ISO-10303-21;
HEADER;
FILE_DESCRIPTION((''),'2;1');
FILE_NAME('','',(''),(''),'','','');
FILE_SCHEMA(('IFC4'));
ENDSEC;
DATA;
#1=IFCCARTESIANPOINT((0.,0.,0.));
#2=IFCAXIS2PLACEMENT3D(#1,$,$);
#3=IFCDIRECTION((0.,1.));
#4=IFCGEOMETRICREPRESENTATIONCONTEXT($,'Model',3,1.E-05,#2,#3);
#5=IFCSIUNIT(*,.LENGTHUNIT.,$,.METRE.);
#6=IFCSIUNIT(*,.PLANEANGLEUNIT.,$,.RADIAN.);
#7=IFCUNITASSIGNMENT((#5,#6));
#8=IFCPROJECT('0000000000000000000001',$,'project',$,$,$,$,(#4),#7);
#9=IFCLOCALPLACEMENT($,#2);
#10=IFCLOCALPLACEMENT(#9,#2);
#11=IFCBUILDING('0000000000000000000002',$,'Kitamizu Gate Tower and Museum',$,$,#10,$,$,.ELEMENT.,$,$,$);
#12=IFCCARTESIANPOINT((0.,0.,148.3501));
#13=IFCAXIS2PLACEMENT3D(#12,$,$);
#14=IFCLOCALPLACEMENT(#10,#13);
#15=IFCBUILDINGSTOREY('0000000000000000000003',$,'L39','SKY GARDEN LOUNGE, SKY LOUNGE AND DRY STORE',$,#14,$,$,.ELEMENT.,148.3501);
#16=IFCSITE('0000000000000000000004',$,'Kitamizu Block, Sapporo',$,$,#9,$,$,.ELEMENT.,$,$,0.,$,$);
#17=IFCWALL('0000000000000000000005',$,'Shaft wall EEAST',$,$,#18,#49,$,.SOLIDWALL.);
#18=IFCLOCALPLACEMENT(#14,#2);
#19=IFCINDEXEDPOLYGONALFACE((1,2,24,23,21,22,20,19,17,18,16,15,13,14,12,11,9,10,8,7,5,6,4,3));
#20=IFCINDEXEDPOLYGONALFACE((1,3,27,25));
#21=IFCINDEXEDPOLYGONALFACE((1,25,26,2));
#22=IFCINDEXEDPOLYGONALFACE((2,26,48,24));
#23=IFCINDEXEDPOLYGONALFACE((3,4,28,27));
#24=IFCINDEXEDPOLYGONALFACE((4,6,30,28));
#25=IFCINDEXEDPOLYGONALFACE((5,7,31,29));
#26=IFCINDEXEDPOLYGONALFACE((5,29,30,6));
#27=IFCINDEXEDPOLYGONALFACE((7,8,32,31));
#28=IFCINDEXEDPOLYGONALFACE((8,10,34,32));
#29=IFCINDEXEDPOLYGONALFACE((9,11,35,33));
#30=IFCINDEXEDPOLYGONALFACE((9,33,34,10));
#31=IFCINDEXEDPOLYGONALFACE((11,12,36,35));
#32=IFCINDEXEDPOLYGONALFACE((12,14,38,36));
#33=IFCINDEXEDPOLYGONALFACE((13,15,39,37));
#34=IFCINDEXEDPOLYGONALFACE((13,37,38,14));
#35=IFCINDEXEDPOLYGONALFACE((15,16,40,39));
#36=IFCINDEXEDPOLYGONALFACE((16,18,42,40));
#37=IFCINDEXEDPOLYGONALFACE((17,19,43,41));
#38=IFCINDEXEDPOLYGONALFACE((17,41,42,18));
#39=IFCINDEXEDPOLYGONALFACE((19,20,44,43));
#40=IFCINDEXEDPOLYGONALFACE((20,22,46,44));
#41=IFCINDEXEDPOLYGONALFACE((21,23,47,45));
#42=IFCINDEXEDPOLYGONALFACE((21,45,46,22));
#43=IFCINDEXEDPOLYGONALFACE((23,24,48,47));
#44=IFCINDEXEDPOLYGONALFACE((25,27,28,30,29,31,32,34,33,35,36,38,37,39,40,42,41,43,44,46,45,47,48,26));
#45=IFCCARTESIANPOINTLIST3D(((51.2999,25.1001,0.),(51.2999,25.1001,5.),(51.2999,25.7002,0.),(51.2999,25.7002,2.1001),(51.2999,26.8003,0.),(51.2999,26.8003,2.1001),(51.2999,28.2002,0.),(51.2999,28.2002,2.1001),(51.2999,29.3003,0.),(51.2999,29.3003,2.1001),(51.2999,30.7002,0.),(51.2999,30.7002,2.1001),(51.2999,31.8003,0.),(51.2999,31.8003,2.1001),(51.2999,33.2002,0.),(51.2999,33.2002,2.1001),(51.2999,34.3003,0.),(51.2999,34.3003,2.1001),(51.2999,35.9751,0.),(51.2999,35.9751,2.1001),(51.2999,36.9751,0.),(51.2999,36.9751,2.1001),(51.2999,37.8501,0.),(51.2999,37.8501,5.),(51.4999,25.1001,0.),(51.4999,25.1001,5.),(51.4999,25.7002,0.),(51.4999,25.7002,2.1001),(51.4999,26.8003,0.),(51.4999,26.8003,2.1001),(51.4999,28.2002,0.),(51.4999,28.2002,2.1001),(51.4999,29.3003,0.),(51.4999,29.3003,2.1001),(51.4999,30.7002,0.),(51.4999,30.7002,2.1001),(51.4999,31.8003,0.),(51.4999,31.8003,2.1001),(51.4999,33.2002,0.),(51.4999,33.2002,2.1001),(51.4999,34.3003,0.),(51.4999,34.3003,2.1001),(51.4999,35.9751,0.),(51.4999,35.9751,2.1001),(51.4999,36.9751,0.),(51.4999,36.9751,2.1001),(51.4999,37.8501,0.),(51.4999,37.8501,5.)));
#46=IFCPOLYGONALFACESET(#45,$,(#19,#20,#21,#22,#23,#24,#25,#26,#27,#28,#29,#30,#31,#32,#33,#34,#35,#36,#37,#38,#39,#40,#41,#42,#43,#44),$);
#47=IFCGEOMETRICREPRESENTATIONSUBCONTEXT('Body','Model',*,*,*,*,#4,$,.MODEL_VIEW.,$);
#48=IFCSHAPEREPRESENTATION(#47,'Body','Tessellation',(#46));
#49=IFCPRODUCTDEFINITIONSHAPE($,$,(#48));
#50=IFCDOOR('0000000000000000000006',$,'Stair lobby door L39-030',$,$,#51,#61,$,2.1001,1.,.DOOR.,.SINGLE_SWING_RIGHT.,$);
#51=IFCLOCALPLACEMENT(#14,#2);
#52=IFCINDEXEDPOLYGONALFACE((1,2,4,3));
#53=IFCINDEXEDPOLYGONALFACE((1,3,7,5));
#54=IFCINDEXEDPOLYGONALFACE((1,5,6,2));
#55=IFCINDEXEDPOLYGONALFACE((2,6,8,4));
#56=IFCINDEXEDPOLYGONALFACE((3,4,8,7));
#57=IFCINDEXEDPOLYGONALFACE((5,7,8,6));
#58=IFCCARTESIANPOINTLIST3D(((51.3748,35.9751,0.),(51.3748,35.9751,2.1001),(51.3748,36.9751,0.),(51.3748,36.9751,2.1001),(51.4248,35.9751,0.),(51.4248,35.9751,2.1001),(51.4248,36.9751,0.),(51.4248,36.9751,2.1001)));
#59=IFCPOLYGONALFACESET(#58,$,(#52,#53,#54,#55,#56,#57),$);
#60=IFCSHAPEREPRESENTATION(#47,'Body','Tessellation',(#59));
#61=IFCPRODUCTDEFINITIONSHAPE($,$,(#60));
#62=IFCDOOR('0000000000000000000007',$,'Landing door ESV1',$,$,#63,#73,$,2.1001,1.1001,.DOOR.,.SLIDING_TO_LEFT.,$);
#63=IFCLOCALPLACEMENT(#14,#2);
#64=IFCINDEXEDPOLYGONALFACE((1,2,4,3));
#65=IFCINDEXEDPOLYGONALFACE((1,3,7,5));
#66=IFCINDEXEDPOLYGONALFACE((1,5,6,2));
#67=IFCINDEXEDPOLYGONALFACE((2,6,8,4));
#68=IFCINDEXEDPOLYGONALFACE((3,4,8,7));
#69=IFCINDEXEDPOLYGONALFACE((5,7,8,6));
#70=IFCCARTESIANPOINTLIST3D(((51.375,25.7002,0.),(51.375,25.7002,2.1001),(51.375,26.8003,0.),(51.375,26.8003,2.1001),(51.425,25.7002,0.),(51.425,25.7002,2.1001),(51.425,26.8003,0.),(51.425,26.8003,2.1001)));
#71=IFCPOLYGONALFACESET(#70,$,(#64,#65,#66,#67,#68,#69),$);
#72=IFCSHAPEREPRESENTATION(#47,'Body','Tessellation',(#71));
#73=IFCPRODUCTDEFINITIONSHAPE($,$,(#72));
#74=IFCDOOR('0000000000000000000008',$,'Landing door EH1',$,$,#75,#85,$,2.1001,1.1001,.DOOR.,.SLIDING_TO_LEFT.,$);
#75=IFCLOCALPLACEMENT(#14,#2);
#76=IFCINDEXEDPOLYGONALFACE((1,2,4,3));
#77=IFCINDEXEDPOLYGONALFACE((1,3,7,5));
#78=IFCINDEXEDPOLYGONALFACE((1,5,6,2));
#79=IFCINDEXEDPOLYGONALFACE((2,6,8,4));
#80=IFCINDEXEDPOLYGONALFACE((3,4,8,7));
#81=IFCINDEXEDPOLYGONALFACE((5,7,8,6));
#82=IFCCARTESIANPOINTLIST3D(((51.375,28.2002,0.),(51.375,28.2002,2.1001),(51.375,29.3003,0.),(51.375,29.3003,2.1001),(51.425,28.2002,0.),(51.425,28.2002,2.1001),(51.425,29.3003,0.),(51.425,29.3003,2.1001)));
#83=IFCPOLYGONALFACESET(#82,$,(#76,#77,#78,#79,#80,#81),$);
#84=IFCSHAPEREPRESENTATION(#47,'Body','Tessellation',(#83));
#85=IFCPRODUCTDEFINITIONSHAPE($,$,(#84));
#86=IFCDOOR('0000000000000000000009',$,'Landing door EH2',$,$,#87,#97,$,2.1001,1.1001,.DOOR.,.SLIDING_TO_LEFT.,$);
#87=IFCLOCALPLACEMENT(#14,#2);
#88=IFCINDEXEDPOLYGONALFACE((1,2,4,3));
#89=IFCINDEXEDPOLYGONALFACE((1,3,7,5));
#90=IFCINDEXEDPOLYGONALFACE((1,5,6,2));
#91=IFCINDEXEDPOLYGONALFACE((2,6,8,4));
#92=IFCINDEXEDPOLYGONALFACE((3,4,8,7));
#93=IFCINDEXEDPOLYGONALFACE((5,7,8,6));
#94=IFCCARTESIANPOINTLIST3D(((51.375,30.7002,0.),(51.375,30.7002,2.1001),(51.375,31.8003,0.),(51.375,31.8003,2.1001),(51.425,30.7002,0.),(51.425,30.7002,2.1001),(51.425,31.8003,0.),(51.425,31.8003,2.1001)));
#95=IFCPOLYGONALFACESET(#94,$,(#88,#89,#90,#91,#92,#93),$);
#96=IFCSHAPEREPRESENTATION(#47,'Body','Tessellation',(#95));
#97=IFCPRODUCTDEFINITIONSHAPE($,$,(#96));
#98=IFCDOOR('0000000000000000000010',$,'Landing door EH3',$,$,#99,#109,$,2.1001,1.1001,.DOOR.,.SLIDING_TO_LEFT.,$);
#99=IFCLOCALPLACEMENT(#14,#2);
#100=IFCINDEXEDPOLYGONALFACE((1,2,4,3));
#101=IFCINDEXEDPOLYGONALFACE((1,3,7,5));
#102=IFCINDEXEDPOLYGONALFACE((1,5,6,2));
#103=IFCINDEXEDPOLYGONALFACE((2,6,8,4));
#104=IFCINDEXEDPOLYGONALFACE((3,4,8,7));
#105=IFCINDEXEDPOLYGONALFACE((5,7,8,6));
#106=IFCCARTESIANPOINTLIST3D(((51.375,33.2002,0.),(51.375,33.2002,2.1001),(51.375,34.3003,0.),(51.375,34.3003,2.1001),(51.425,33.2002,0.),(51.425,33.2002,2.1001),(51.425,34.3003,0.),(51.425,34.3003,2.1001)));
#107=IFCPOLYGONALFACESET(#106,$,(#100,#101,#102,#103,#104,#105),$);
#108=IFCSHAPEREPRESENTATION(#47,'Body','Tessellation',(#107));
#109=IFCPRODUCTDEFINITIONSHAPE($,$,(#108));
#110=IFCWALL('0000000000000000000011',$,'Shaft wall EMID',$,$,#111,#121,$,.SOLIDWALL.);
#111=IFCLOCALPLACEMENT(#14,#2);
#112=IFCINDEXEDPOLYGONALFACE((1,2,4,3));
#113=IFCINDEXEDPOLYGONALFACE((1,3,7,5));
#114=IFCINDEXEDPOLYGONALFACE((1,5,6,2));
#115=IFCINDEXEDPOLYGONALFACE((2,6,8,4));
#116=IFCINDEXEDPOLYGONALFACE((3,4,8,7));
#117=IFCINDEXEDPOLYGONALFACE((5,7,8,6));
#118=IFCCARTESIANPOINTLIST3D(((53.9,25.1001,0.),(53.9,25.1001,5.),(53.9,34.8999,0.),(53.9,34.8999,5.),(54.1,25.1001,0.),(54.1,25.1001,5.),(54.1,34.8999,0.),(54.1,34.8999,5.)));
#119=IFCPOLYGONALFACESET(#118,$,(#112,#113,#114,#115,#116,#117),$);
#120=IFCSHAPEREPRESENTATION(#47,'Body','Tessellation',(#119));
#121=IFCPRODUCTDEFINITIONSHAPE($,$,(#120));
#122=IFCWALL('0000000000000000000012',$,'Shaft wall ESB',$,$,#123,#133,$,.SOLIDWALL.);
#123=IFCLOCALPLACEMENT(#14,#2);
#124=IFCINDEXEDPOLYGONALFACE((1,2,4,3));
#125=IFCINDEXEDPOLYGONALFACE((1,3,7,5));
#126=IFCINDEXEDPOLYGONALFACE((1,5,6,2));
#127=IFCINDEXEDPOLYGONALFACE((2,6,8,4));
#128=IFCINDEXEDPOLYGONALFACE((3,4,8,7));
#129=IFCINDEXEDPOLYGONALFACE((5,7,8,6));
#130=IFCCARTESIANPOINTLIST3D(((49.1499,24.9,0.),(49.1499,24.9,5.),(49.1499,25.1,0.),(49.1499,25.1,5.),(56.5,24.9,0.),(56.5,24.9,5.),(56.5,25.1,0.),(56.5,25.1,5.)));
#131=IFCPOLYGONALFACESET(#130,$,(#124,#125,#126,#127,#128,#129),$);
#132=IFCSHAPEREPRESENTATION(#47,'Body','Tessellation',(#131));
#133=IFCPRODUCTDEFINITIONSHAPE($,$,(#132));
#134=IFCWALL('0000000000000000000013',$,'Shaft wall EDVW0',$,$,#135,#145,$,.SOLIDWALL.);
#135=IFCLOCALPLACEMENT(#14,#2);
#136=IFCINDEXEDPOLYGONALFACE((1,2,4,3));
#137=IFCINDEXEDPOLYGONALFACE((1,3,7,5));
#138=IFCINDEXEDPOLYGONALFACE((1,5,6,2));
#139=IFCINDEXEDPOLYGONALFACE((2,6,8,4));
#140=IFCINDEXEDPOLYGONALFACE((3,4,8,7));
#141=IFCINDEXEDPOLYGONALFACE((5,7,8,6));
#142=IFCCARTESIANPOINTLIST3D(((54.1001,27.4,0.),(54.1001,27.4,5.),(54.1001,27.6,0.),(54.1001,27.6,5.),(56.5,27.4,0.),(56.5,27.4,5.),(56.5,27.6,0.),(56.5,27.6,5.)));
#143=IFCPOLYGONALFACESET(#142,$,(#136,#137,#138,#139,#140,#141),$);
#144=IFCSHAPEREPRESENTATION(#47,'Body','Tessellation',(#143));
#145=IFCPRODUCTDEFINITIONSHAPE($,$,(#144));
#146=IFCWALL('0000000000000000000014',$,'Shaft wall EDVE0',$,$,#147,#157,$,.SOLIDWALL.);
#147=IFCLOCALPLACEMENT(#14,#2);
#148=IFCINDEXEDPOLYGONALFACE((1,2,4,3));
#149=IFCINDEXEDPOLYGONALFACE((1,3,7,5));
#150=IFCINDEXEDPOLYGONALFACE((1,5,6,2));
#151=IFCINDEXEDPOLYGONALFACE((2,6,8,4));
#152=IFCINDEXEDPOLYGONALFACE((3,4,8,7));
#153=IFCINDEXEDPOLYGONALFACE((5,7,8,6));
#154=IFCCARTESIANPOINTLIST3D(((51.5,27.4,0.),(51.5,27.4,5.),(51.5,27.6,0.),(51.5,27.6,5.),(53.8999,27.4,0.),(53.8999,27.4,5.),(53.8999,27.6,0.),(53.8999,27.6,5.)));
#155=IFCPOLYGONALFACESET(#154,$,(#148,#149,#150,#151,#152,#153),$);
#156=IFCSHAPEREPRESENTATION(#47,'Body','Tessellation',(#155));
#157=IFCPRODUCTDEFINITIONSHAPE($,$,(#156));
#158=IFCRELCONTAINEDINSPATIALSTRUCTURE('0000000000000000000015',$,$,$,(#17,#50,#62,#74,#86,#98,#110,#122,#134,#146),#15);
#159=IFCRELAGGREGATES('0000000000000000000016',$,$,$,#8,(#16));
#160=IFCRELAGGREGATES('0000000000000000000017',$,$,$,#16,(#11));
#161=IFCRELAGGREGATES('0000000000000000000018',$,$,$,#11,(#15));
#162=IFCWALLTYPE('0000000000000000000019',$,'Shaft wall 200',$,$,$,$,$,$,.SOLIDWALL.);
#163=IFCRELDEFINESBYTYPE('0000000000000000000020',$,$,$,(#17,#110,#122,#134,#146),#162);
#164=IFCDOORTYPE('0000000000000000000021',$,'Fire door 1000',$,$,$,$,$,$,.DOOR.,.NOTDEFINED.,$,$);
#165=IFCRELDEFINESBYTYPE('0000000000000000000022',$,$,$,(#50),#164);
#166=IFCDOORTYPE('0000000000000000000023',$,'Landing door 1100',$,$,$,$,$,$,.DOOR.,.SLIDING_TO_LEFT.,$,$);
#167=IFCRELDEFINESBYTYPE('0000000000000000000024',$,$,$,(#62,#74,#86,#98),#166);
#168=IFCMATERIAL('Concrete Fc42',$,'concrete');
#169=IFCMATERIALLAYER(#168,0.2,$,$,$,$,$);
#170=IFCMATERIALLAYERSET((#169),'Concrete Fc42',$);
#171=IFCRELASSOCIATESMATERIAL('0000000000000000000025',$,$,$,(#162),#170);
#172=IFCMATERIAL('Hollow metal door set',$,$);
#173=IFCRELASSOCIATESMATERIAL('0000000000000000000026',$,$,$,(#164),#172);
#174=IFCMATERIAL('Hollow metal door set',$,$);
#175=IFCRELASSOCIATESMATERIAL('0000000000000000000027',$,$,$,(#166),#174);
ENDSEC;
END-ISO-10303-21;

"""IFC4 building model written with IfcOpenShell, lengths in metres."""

from ifc_helpers import new_model, si_unit, direction, frame, frame_2d, origin, place, context, subcontext, project, spatial, rectangle, extrude, material, layer, layer_set, type_object, element, fill, save


model = new_model("IFC4")

# Units and contexts
model_context = context("Model", 3, precision=1e-05, world=origin(), true_north=direction((0.0, 1.0)))
body_context = subcontext(model_context, "Body", "Model", "MODEL_VIEW")
ifc_project = project(units=[si_unit("LENGTHUNIT", "METRE"), si_unit("PLANEANGLEUNIT", "RADIAN")], contexts=[model_context])

# Site, building, storey
site_placement = place(None, origin())
site = spatial("IfcSite", under=ifc_project, at=site_placement, Name="Kitamizu Block, Sapporo", CompositionType="ELEMENT", RefElevation=0.0)
building_placement = place(site_placement, origin())
building = spatial("IfcBuilding", under=site, at=building_placement, Name="Kitamizu Gate Tower and Museum", CompositionType="ELEMENT")
storey_placement = place(building_placement, frame((0.0, 0.0, 148.3501)))
storey = spatial("IfcBuildingStorey", under=building, at=storey_placement, Name="L39", Description="SKY GARDEN LOUNGE, SKY LOUNGE AND DRY STORE", CompositionType="ELEMENT", Elevation=148.3501)

# Wall, openings, doors
ifc_material_1 = material(Name="Concrete Fc42", Category="concrete")
ifc_layer_1 = layer(ifc_material_1, 0.2)
ifc_layer_set_1 = layer_set([ifc_layer_1], Name="Concrete Fc42")
wall_type_1 = type_object("IfcWallType", Name="Shaft wall 200", PredefinedType="SOLIDWALL", material=ifc_layer_set_1)
ifc_material_2 = material(Name="Hollow metal door set")
door_type_1 = type_object("IfcDoorType", Name="Fire door 1000", OperationType="NOTDEFINED", PredefinedType="DOOR", material=ifc_material_2)
ifc_material_3 = material(Name="Hollow metal door set")
door_type_2 = type_object("IfcDoorType", Name="Landing door 1100", OperationType="SLIDING_TO_LEFT", PredefinedType="DOOR", material=ifc_material_3)
wall_1_placement = place(storey_placement, frame((51.3999, 25.1001, 0.0), z_axis=(0.0, 0.0, 1.0), x_axis=(0.0, 1.0, 0.0)))
wall_1 = element("IfcWall", 1, at=wall_1_placement, inside=storey, type_object=wall_type_1, Name="Shaft wall EEAST", PredefinedType="SOLIDWALL", context=body_context, shape_type="SweptSolid", body=[
    extrude(rectangle(XDim=12.75, YDim=0.2, at=frame_2d((6.375, 0.0))), origin(), (0.0, 0.0, 1.0), 5.0),
])
opening_1_placement = place(wall_1_placement, frame((0.6001, 0.0, 0.0)))
opening_1 = element("IfcOpeningElement", 2, at=opening_1_placement, cuts=wall_1, PredefinedType="OPENING", context=body_context, shape_type="SweptSolid", body=[
    extrude(rectangle(XDim=1.1001, YDim=2.1001, at=frame_2d((0.55, 1.05))), frame((0.0, 0.1099, 0.0), z_axis=(0.0, -1.0, 0.0), x_axis=(1.0, 0.0, 0.0)), (0.0, 0.0, 1.0), 0.22),
])
opening_2_placement = place(wall_1_placement, frame((3.1001, 0.0, 0.0)))
opening_2 = element("IfcOpeningElement", 3, at=opening_2_placement, cuts=wall_1, PredefinedType="OPENING", context=body_context, shape_type="SweptSolid", body=[
    extrude(rectangle(XDim=1.1001, YDim=2.1001, at=frame_2d((0.55, 1.05))), frame((0.0, 0.1099, 0.0), z_axis=(0.0, -1.0, 0.0), x_axis=(1.0, 0.0, 0.0)), (0.0, 0.0, 1.0), 0.22),
])
opening_3_placement = place(wall_1_placement, frame((5.6001, 0.0, 0.0)))
opening_3 = element("IfcOpeningElement", 4, at=opening_3_placement, cuts=wall_1, PredefinedType="OPENING", context=body_context, shape_type="SweptSolid", body=[
    extrude(rectangle(XDim=1.1001, YDim=2.1001, at=frame_2d((0.55, 1.05))), frame((0.0, 0.1099, 0.0), z_axis=(0.0, -1.0, 0.0), x_axis=(1.0, 0.0, 0.0)), (0.0, 0.0, 1.0), 0.22),
])
opening_4_placement = place(wall_1_placement, frame((8.1001, 0.0, 0.0)))
opening_4 = element("IfcOpeningElement", 5, at=opening_4_placement, cuts=wall_1, PredefinedType="OPENING", context=body_context, shape_type="SweptSolid", body=[
    extrude(rectangle(XDim=1.1001, YDim=2.1001, at=frame_2d((0.55, 1.05))), frame((0.0, 0.1099, 0.0), z_axis=(0.0, -1.0, 0.0), x_axis=(1.0, 0.0, 0.0)), (0.0, 0.0, 1.0), 0.22),
])
opening_5_placement = place(wall_1_placement, frame((10.875, 0.0, 0.0)))
opening_5 = element("IfcOpeningElement", 6, at=opening_5_placement, cuts=wall_1, PredefinedType="OPENING", context=body_context, shape_type="SweptSolid", body=[
    extrude(rectangle(XDim=1.0, YDim=2.1001, at=frame_2d((0.5, 1.05))), frame((0.0, 0.1099, 0.0), z_axis=(0.0, -1.0, 0.0), x_axis=(1.0, 0.0, 0.0)), (0.0, 0.0, 1.0), 0.22),
])
door_1_placement = place(opening_5_placement, frame((1.0, 0.0, 0.0), x_axis=(-1.0, 0.0, 0.0)))
door_1 = element("IfcDoor", 7, at=door_1_placement, inside=storey, type_object=door_type_1, Name="Stair lobby door L39-030", OperationType="SINGLE_SWING_RIGHT", OverallHeight=2.1001, OverallWidth=1.0, PredefinedType="DOOR", context=body_context, shape_type="SweptSolid", body=[
    extrude(rectangle(XDim=1.0, YDim=2.1001, at=frame_2d((0.5, 1.05))), frame((0.0, 0.0249, 0.0), z_axis=(0.0, -1.0, 0.0), x_axis=(1.0, 0.0, 0.0)), (0.0, 0.0, 1.0), 0.05),
])
fill(opening_5, door_1)
door_2_placement = place(opening_1_placement, origin())
door_2 = element("IfcDoor", 8, at=door_2_placement, inside=storey, type_object=door_type_2, Name="Landing door ESV1", OperationType="SLIDING_TO_LEFT", OverallHeight=2.1001, OverallWidth=1.1001, PredefinedType="DOOR", context=body_context, shape_type="SweptSolid", body=[
    extrude(rectangle(XDim=1.1001, YDim=2.1001, at=frame_2d((0.55, 1.05))), frame((0.0, 0.0249, 0.0), z_axis=(0.0, -1.0, 0.0), x_axis=(1.0, 0.0, 0.0)), (0.0, 0.0, 1.0), 0.05),
])
fill(opening_1, door_2)
door_3_placement = place(opening_2_placement, origin())
door_3 = element("IfcDoor", 9, at=door_3_placement, inside=storey, type_object=door_type_2, Name="Landing door EH1", OperationType="SLIDING_TO_LEFT", OverallHeight=2.1001, OverallWidth=1.1001, PredefinedType="DOOR", context=body_context, shape_type="SweptSolid", body=[
    extrude(rectangle(XDim=1.1001, YDim=2.1001, at=frame_2d((0.55, 1.05))), frame((0.0, 0.0249, 0.0), z_axis=(0.0, -1.0, 0.0), x_axis=(1.0, 0.0, 0.0)), (0.0, 0.0, 1.0), 0.05),
])
fill(opening_2, door_3)
door_4_placement = place(opening_3_placement, origin())
door_4 = element("IfcDoor", 10, at=door_4_placement, inside=storey, type_object=door_type_2, Name="Landing door EH2", OperationType="SLIDING_TO_LEFT", OverallHeight=2.1001, OverallWidth=1.1001, PredefinedType="DOOR", context=body_context, shape_type="SweptSolid", body=[
    extrude(rectangle(XDim=1.1001, YDim=2.1001, at=frame_2d((0.55, 1.05))), frame((0.0, 0.0249, 0.0), z_axis=(0.0, -1.0, 0.0), x_axis=(1.0, 0.0, 0.0)), (0.0, 0.0, 1.0), 0.05),
])
fill(opening_3, door_4)
door_5_placement = place(opening_4_placement, origin())
door_5 = element("IfcDoor", 11, at=door_5_placement, inside=storey, type_object=door_type_2, Name="Landing door EH3", OperationType="SLIDING_TO_LEFT", OverallHeight=2.1001, OverallWidth=1.1001, PredefinedType="DOOR", context=body_context, shape_type="SweptSolid", body=[
    extrude(rectangle(XDim=1.1001, YDim=2.1001, at=frame_2d((0.55, 1.05))), frame((0.0, 0.0249, 0.0), z_axis=(0.0, -1.0, 0.0), x_axis=(1.0, 0.0, 0.0)), (0.0, 0.0, 1.0), 0.05),
])
fill(opening_4, door_5)

# Walls
wall_2_placement = place(storey_placement, frame((54.0, 25.1001, 0.0), z_axis=(0.0, 0.0, 1.0), x_axis=(0.0, 1.0, 0.0)))
element("IfcWall", 12, at=wall_2_placement, inside=storey, type_object=wall_type_1, Name="Shaft wall EMID", PredefinedType="SOLIDWALL", context=body_context, shape_type="SweptSolid", body=[
    extrude(rectangle(XDim=9.7998, YDim=0.2, at=frame_2d((4.8999, 0.0))), origin(), (0.0, 0.0, 1.0), 5.0),
])
wall_3_placement = place(storey_placement, frame((56.5, 25.0, 0.0), z_axis=(0.0, 0.0, 1.0), x_axis=(-1.0, 0.0, 0.0)))
element("IfcWall", 13, at=wall_3_placement, inside=storey, type_object=wall_type_1, Name="Shaft wall ESB", PredefinedType="SOLIDWALL", context=body_context, shape_type="SweptSolid", body=[
    extrude(rectangle(XDim=7.3501, YDim=0.2, at=frame_2d((3.675, 0.0))), origin(), (0.0, 0.0, 1.0), 5.0),
])
for number, where, z_axis, x_axis, name in (
    (14, (56.5, 27.5, 0.0), (0.0, 0.0, 1.0), (-1.0, 0.0, 0.0), "Shaft wall EDVW0"),
    (15, (53.8999, 27.5, 0.0), (0.0, 0.0, 1.0), (-1.0, 0.0, 0.0), "Shaft wall EDVE0"),
):
    element("IfcWall", number, at=place(storey_placement, frame(where, z_axis=z_axis, x_axis=x_axis)), inside=storey, type_object=wall_type_1, Name=name, PredefinedType="SOLIDWALL", context=body_context, shape_type="SweptSolid", body=[
        extrude(rectangle(XDim=2.3999, YDim=0.2, at=frame_2d((1.2, 0.0))), origin(), (0.0, 0.0, 1.0), 5.0),
    ])

save(model, "model.ifc")
